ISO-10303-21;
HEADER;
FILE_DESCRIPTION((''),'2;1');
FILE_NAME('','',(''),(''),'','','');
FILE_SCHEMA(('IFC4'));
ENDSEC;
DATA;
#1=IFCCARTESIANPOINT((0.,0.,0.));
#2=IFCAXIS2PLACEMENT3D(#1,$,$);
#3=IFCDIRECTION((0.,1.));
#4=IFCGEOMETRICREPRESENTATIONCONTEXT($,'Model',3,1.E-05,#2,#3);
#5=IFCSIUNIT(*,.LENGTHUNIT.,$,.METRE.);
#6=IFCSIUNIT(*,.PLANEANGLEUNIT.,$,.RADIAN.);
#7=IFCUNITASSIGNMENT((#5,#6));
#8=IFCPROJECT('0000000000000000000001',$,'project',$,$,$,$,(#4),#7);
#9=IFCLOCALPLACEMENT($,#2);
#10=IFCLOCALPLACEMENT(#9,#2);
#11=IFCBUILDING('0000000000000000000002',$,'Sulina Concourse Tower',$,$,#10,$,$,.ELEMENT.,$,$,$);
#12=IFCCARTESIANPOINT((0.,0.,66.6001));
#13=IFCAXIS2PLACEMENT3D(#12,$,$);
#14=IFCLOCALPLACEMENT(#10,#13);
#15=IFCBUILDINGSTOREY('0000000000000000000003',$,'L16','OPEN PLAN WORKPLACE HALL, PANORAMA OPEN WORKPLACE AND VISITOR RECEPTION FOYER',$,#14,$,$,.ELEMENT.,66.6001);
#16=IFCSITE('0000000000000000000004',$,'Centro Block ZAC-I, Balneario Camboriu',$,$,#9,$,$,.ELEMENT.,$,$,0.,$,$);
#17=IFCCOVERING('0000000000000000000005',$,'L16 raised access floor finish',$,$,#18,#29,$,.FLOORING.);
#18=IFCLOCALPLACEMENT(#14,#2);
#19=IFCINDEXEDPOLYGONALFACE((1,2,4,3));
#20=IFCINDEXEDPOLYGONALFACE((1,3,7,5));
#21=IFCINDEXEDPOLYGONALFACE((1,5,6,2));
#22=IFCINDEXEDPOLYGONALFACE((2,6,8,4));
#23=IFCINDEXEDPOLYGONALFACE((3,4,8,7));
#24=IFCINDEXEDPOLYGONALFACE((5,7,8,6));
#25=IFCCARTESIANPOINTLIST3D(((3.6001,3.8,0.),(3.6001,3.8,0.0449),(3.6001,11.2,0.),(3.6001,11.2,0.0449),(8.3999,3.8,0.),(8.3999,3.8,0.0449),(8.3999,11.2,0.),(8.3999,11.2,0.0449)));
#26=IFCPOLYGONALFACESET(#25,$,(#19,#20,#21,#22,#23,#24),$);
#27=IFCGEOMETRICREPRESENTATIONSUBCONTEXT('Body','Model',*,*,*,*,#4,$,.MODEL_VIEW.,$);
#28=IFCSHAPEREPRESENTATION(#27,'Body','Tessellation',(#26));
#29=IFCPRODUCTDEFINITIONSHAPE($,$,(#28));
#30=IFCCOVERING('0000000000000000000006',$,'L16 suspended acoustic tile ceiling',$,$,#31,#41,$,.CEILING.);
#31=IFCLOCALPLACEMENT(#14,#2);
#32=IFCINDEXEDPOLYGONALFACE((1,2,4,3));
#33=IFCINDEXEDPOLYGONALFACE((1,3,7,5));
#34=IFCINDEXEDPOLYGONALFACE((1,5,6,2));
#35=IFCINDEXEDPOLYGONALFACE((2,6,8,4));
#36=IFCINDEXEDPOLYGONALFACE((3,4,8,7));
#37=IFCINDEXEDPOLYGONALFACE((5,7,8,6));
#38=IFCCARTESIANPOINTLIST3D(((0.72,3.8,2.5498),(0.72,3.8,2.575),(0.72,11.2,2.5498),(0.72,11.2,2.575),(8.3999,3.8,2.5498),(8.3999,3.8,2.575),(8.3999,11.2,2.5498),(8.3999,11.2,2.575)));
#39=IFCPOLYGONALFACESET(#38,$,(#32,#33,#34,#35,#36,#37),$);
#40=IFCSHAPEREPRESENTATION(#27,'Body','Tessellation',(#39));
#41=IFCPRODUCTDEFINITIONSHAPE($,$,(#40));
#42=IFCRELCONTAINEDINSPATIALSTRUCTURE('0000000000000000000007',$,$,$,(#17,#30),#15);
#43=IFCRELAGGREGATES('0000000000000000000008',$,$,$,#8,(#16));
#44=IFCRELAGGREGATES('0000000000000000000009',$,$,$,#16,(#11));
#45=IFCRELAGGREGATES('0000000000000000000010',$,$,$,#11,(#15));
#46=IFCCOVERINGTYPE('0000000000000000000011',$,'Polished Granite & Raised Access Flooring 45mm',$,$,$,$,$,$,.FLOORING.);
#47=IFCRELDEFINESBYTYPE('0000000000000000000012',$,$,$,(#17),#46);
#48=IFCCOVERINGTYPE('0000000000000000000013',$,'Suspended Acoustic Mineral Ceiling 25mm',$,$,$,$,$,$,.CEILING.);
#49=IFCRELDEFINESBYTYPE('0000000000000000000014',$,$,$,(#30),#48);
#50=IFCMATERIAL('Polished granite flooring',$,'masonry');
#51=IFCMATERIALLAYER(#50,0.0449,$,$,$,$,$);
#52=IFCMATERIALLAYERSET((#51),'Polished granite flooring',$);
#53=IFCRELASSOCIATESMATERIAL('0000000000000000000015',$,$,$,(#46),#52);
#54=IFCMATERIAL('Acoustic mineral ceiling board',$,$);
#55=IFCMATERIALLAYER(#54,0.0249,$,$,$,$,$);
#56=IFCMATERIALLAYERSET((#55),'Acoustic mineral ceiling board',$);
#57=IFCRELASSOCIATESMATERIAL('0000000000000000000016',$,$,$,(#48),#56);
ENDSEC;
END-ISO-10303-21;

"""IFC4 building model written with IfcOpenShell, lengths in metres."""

from ifc_helpers import new_model, si_unit, direction, frame, origin, place, context, subcontext, project, spatial, polyline, outline, extrude, material, layer, layer_set, type_object, element, save


model = new_model("IFC4")

# Units and contexts
model_context = context("Model", 3, precision=1e-05, world=origin(), true_north=direction((0.0, 1.0)))
body_context = subcontext(model_context, "Body", "Model", "MODEL_VIEW")
ifc_project = project(units=[si_unit("LENGTHUNIT", "METRE"), si_unit("PLANEANGLEUNIT", "RADIAN")], contexts=[model_context])

# Site, building, storey
site_placement = place(None, origin())
site = spatial("IfcSite", under=ifc_project, at=site_placement, Name="Centro Block ZAC-I, Balneario Camboriu", CompositionType="ELEMENT", RefElevation=0.0)
building_placement = place(site_placement, origin())
building = spatial("IfcBuilding", under=site, at=building_placement, Name="Sulina Concourse Tower", CompositionType="ELEMENT")
storey_placement = place(building_placement, frame((0.0, 0.0, 66.6001)))
storey = spatial("IfcBuildingStorey", under=building, at=storey_placement, Name="L16", Description="OPEN PLAN WORKPLACE HALL, PANORAMA OPEN WORKPLACE AND VISITOR RECEPTION FOYER", CompositionType="ELEMENT", Elevation=66.6001)

# Coverings
ifc_material_1 = material(Name="Polished granite flooring", Category="masonry")
ifc_layer_1 = layer(ifc_material_1, 0.0449)
ifc_layer_set_1 = layer_set([ifc_layer_1], Name="Polished granite flooring")
covering_type_1 = type_object("IfcCoveringType", Name="Polished Granite & Raised Access Flooring 45mm", PredefinedType="FLOORING", material=ifc_layer_set_1)
covering_1_placement = place(storey_placement, origin())
element("IfcCovering", 1, at=covering_1_placement, inside=storey, type_object=covering_type_1, Name="L16 raised access floor finish", PredefinedType="FLOORING", context=body_context, shape_type="SweptSolid", body=[
    extrude(outline(polyline([(3.6001, 3.8), (8.3999, 3.8), (8.3999, 11.2), (3.6001, 11.2), (3.6001, 3.8)])), origin(), (0.0, 0.0, 1.0), 0.0449),
])
ifc_material_2 = material(Name="Acoustic mineral ceiling board")
ifc_layer_2 = layer(ifc_material_2, 0.0249)
ifc_layer_set_2 = layer_set([ifc_layer_2], Name="Acoustic mineral ceiling board")
covering_type_2 = type_object("IfcCoveringType", Name="Suspended Acoustic Mineral Ceiling 25mm", PredefinedType="CEILING", material=ifc_layer_set_2)
covering_2_placement = place(storey_placement, frame((0.0, 0.0, 2.5498)))
element("IfcCovering", 2, at=covering_2_placement, inside=storey, type_object=covering_type_2, Name="L16 suspended acoustic tile ceiling", PredefinedType="CEILING", context=body_context, shape_type="SweptSolid", body=[
    extrude(outline(polyline([(0.72, 3.8), (8.3999, 3.8), (8.3999, 11.2), (0.72, 11.2), (0.72, 3.8)])), origin(), (0.0, 0.0, 1.0), 0.0251),
])

save(model, "model.ifc")
